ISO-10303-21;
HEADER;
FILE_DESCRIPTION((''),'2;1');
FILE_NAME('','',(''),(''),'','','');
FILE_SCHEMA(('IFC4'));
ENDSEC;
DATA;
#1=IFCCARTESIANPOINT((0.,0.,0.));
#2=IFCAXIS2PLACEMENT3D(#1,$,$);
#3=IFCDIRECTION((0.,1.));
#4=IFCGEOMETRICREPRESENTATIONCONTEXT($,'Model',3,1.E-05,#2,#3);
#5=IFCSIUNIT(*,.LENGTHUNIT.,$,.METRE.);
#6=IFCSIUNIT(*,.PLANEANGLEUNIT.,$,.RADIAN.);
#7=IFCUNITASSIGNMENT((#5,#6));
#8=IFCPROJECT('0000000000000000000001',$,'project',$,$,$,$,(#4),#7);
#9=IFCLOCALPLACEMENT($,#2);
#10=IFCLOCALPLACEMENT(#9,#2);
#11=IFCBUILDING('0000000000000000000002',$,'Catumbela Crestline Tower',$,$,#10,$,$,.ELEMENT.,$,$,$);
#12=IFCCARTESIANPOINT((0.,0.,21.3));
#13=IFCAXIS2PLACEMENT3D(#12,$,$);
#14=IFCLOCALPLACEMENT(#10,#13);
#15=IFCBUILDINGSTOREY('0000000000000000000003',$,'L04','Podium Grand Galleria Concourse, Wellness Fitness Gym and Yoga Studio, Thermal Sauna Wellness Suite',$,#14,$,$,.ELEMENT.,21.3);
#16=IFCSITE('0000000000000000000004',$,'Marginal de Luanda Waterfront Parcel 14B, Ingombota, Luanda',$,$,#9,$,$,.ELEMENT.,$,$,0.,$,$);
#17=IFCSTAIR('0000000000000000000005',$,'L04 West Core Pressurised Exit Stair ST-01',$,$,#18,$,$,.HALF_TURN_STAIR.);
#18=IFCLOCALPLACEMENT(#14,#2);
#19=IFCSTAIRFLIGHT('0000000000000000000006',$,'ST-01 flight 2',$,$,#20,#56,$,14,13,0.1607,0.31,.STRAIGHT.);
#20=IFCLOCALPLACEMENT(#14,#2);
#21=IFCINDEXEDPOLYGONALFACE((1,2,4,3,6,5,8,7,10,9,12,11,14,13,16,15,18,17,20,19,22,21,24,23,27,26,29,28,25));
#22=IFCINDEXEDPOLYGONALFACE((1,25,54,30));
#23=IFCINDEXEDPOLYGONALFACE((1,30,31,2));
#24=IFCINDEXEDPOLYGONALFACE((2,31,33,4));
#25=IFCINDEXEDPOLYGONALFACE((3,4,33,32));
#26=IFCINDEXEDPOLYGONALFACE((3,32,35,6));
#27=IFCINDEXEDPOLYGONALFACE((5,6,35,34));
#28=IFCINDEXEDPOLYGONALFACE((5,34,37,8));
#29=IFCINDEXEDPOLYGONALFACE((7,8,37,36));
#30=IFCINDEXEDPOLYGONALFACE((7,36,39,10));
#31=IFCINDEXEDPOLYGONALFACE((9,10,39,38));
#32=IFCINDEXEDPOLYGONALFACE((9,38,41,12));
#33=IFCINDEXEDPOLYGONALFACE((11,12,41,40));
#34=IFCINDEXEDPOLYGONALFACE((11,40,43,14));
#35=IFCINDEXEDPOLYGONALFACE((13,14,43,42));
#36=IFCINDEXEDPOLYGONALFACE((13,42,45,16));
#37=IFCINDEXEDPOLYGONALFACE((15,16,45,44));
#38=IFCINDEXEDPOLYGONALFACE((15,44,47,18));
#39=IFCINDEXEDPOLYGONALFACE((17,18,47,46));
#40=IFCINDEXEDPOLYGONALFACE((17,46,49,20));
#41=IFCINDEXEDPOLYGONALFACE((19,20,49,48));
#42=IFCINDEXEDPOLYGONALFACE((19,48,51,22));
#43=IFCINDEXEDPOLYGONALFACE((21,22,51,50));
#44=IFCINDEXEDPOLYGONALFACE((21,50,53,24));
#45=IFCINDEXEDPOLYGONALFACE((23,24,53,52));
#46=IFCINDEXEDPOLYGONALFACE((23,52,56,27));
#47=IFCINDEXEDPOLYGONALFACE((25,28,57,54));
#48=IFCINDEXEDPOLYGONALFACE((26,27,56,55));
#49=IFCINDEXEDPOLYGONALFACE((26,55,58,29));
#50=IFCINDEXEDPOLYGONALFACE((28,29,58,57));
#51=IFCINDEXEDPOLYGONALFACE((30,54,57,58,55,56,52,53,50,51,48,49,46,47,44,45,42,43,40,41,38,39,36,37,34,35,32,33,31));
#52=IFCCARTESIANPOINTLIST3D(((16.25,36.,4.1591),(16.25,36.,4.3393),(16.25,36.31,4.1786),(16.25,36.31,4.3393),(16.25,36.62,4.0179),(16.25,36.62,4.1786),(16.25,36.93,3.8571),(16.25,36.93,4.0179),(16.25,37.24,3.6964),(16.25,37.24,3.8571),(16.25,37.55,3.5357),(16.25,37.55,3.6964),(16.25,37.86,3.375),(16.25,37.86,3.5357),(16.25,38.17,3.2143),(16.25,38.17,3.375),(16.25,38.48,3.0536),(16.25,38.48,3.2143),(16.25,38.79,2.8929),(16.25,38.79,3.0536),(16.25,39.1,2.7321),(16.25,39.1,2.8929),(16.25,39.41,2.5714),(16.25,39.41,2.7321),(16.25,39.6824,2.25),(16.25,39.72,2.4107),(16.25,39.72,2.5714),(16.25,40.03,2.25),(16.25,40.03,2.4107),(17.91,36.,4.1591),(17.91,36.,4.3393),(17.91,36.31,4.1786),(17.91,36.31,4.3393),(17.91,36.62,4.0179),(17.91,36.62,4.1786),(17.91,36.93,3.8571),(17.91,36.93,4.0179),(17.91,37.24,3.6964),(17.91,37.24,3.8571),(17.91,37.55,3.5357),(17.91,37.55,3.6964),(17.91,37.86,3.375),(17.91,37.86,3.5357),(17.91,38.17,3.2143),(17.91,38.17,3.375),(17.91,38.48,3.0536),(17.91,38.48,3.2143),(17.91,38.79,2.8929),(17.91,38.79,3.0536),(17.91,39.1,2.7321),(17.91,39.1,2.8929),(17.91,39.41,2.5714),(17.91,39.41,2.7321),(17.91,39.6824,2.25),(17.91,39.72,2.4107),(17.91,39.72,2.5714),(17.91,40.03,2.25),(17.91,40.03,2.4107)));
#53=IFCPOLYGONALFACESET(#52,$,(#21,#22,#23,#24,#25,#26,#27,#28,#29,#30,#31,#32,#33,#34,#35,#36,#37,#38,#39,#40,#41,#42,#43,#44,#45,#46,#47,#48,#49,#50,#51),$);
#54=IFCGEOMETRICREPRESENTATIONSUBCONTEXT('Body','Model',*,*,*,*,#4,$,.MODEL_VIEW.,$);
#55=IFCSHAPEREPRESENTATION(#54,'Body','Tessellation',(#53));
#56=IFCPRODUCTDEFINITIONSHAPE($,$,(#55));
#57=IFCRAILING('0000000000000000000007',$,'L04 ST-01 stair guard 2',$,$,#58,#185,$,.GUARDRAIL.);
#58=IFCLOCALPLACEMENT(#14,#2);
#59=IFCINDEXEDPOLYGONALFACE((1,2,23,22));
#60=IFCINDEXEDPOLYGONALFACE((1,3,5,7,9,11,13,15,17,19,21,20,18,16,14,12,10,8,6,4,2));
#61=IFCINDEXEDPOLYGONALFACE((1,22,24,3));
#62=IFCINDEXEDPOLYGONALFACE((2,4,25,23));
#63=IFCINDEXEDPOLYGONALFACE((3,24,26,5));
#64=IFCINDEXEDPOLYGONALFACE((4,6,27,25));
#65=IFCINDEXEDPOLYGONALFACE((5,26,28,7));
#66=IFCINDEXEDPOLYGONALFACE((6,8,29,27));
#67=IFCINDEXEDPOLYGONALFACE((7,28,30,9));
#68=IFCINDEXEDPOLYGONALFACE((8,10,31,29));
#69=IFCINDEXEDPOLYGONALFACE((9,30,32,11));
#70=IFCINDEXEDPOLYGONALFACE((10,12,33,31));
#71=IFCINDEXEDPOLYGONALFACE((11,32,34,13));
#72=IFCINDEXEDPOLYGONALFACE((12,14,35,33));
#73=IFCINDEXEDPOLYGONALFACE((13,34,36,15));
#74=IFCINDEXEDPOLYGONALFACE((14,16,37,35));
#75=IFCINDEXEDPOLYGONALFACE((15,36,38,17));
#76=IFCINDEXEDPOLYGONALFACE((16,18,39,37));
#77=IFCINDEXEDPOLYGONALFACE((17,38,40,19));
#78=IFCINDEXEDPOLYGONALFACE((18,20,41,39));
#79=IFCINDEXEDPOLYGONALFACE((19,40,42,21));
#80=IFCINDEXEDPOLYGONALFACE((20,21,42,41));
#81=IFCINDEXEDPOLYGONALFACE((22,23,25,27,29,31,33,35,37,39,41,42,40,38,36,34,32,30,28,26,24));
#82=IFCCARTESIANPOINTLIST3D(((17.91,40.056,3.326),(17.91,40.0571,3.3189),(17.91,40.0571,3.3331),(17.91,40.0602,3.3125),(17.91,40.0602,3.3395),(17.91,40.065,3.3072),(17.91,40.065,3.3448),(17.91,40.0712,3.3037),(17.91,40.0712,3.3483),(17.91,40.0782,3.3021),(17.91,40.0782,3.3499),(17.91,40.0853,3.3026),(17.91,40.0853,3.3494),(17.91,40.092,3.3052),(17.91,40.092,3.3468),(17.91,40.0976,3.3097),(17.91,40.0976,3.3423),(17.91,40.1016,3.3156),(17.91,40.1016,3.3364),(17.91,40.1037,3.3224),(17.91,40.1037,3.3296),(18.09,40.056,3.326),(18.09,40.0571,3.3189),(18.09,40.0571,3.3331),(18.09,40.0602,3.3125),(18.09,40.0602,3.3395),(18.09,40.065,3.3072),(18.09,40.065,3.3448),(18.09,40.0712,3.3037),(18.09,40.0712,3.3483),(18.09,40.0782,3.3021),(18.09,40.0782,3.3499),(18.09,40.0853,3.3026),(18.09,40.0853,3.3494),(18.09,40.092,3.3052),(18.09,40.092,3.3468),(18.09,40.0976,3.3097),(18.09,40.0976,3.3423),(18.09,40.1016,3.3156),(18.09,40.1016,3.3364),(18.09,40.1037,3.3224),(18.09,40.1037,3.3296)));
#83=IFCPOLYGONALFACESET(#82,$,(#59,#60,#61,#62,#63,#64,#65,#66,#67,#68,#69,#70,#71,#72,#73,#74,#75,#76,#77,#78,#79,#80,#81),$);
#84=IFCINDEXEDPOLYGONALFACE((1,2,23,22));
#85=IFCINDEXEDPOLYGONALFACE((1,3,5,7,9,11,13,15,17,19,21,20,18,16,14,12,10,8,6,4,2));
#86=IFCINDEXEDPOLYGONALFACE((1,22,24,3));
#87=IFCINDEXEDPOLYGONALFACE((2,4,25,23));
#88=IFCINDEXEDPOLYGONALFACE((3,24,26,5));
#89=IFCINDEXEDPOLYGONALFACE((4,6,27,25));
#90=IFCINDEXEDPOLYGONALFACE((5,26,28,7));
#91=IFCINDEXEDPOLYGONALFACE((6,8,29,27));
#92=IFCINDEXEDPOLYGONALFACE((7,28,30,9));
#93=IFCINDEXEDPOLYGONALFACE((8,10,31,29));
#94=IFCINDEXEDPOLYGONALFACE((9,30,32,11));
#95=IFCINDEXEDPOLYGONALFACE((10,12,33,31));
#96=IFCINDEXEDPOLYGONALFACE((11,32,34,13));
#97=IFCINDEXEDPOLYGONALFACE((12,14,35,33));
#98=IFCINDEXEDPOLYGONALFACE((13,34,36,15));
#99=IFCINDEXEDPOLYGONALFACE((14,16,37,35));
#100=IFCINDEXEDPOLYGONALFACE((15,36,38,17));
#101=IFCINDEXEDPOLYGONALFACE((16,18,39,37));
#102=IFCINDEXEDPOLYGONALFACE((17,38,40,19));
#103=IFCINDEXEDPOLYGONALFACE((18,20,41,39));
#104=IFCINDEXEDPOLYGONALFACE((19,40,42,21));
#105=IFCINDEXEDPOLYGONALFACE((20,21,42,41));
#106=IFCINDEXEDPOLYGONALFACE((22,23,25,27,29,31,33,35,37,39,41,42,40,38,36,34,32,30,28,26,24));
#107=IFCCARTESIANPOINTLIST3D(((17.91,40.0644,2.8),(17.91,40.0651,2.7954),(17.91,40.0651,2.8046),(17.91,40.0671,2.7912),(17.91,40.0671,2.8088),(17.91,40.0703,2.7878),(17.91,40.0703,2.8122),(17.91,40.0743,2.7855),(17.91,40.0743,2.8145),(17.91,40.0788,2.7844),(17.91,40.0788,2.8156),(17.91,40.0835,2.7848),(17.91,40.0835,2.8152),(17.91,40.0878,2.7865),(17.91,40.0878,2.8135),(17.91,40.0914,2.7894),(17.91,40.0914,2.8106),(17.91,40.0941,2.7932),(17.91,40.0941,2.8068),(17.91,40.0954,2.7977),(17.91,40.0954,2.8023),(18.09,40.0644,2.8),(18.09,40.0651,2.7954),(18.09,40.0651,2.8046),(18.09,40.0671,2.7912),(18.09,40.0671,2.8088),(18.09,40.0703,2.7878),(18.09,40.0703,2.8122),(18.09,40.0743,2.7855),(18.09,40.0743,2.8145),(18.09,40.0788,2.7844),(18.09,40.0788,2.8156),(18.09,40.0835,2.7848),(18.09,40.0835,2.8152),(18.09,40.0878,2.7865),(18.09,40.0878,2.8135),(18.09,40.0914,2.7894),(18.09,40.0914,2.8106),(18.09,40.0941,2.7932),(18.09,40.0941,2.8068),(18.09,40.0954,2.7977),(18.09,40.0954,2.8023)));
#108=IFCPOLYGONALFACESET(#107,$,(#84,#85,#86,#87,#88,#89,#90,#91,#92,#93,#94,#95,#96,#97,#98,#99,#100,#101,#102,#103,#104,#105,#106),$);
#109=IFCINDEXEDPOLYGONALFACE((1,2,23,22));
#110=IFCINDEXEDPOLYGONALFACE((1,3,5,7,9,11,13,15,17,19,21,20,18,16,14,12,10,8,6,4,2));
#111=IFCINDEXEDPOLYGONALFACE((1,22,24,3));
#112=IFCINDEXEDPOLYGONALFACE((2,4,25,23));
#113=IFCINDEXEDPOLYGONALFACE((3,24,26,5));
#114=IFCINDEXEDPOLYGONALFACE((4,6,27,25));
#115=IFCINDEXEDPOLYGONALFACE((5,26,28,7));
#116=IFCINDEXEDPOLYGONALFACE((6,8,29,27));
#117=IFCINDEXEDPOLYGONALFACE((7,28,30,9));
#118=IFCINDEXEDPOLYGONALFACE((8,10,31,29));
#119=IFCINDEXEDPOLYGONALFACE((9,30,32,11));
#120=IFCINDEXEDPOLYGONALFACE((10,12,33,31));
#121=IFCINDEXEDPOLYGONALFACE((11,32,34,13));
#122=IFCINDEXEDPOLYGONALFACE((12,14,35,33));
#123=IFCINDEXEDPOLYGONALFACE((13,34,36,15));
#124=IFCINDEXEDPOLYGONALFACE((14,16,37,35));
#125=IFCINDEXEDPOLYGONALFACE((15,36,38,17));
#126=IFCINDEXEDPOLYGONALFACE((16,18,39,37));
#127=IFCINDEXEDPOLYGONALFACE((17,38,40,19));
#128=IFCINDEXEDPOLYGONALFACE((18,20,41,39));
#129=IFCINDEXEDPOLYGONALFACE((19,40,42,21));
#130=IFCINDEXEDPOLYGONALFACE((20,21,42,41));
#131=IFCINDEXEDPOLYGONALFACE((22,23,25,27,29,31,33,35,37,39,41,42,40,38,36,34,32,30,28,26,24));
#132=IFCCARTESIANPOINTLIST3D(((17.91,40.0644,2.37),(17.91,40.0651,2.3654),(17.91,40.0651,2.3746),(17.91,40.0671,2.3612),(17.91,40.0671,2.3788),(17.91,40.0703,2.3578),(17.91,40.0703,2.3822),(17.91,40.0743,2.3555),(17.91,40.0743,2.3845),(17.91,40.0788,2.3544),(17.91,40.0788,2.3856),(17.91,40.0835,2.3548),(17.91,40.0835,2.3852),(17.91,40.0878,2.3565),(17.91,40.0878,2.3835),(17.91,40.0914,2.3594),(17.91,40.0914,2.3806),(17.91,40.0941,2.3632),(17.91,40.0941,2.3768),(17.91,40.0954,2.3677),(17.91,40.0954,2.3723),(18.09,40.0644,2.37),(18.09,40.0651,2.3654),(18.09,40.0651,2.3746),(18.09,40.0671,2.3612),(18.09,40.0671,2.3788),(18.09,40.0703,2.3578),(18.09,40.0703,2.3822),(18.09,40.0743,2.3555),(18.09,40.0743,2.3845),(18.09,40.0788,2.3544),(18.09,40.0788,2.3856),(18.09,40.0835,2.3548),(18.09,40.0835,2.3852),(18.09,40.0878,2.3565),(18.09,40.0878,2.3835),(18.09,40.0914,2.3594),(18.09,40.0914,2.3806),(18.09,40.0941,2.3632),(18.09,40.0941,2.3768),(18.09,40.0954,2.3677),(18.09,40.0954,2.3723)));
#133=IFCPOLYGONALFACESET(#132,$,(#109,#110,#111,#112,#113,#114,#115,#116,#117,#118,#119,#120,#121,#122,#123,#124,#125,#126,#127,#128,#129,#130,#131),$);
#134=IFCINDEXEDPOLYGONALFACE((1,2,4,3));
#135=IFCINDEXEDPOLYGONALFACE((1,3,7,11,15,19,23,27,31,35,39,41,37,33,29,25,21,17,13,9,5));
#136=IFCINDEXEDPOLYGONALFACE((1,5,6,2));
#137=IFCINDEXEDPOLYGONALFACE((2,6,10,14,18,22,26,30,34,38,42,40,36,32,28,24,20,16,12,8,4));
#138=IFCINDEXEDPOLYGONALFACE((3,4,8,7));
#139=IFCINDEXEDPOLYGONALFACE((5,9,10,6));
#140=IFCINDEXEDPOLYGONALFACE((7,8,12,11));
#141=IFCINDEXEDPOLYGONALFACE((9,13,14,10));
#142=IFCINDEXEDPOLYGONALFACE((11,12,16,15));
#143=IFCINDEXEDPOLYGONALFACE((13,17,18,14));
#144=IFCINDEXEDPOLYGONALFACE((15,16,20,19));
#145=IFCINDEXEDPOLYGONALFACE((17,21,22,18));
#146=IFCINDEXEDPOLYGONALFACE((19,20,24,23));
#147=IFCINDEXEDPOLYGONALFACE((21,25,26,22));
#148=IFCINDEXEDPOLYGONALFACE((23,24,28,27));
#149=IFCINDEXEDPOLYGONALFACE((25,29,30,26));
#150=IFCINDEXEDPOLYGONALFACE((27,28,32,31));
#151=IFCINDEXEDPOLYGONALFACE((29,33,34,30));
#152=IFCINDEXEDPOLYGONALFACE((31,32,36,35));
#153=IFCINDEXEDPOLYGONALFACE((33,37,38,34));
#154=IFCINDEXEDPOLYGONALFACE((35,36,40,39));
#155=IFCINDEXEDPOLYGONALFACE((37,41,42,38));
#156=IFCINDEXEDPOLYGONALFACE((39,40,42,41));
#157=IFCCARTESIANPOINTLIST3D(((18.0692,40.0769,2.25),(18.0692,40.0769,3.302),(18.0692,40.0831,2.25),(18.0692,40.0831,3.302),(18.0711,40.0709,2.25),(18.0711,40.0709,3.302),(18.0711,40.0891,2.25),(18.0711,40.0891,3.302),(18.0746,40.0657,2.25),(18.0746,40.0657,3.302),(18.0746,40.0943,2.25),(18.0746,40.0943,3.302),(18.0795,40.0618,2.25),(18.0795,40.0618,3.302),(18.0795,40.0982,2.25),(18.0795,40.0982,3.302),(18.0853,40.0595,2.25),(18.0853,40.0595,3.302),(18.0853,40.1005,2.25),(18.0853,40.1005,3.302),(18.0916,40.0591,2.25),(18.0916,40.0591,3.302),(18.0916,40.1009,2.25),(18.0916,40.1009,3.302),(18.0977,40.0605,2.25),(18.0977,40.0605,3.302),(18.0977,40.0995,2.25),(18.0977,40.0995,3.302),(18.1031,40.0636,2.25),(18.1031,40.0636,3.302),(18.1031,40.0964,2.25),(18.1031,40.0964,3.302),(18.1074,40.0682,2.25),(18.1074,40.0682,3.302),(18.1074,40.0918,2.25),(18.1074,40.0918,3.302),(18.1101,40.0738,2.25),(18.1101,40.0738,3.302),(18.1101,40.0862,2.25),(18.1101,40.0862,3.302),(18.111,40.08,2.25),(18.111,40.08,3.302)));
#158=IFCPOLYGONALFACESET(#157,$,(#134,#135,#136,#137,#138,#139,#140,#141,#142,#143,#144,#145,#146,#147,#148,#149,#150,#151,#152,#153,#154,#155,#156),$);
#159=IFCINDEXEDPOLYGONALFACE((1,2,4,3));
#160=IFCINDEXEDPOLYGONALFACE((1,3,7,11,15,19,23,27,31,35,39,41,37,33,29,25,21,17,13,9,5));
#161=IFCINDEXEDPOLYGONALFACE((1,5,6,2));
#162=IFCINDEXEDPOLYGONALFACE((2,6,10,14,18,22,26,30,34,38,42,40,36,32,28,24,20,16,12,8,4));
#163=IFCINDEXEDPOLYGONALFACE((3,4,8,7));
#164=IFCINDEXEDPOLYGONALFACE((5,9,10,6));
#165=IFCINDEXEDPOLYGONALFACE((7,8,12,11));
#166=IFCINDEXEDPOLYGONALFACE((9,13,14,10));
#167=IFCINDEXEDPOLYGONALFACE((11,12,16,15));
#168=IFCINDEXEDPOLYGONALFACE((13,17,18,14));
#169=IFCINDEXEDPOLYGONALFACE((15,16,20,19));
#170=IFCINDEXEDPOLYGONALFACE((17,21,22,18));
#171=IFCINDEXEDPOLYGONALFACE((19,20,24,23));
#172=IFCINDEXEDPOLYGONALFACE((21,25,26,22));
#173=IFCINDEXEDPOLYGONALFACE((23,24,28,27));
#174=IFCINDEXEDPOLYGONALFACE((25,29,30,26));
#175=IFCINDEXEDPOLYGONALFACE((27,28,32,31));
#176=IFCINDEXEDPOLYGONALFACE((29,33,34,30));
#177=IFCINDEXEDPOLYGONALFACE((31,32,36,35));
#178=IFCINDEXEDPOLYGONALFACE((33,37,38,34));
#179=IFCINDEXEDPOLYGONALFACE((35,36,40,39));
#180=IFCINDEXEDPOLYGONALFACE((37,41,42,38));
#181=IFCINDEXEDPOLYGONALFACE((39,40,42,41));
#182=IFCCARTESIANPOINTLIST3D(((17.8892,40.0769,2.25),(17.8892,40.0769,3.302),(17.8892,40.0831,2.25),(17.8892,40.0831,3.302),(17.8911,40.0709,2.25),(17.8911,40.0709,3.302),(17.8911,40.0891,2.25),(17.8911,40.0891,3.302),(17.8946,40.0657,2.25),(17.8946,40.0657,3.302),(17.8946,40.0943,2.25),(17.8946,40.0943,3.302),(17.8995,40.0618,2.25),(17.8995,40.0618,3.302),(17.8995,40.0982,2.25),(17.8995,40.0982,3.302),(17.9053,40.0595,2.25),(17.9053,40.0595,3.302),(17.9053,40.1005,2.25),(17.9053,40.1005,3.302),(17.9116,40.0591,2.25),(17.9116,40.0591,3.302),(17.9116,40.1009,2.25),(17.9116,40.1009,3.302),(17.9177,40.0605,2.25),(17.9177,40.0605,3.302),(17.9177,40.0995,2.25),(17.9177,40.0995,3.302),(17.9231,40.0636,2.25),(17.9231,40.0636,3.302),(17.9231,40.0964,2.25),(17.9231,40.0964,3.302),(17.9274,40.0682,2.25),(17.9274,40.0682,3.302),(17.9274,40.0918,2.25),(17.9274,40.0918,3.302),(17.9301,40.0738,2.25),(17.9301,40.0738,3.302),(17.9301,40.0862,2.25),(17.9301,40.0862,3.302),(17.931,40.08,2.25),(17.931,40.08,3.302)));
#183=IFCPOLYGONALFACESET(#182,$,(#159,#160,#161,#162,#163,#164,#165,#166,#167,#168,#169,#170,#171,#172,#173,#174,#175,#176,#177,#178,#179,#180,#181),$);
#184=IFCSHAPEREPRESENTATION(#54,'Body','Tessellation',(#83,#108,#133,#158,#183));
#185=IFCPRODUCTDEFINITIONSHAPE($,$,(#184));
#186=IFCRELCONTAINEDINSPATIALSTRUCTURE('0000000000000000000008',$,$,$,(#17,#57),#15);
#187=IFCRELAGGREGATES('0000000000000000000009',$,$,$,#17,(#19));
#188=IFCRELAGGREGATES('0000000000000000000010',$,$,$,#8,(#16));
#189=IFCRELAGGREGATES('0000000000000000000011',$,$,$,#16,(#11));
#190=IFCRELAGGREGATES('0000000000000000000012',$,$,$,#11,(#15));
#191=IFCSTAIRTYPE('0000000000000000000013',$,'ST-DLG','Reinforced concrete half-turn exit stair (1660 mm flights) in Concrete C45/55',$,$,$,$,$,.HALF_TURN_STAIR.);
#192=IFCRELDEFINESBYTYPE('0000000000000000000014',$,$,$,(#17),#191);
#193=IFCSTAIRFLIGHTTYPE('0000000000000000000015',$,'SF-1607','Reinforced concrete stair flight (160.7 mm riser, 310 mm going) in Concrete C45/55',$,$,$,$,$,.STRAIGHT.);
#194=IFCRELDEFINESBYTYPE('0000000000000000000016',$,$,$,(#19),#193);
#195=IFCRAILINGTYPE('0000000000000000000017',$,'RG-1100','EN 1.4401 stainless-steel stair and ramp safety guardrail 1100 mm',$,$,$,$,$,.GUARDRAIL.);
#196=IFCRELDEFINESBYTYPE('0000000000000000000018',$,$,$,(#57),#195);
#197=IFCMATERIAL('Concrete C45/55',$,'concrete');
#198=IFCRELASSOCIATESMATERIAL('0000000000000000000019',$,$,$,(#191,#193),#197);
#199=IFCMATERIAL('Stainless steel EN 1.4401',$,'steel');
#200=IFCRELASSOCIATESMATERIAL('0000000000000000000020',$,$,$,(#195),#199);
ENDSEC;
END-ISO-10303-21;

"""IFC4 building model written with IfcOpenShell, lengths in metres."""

from ifc_helpers import new_model, si_unit, direction, frame, origin, origin_2d, place, context, subcontext, project, spatial, polyline, circle, outline, extrude, material, type_object, element, aggregate, save


model = new_model("IFC4")

# Units and contexts
model_context = context("Model", 3, precision=1e-05, world=origin(), true_north=direction((0.0, 1.0)))
body_context = subcontext(model_context, "Body", "Model", "MODEL_VIEW")
ifc_project = project(units=[si_unit("LENGTHUNIT", "METRE"), si_unit("PLANEANGLEUNIT", "RADIAN")], contexts=[model_context])

# Site, building, storey
site_placement = place(None, origin())
site = spatial("IfcSite", under=ifc_project, at=site_placement, Name="Marginal de Luanda Waterfront Parcel 14B, Ingombota, Luanda", CompositionType="ELEMENT", RefElevation=0.0)
building_placement = place(site_placement, origin())
building = spatial("IfcBuilding", under=site, at=building_placement, Name="Catumbela Crestline Tower", CompositionType="ELEMENT")
storey_placement = place(building_placement, frame((0.0, 0.0, 21.3)))
storey = spatial("IfcBuildingStorey", under=building, at=storey_placement, Name="L04", Description="Podium Grand Galleria Concourse, Wellness Fitness Gym and Yoga Studio, Thermal Sauna Wellness Suite", CompositionType="ELEMENT", Elevation=21.3)

# Shared definitions
ifc_material_1 = material(Name="Stainless steel EN 1.4401", Category="steel")

# Stair, stair flight
ifc_material_2 = material(Name="Concrete C45/55", Category="concrete")
stair_type = type_object("IfcStairType", Name="ST-DLG", Description="Reinforced concrete half-turn exit stair (1660 mm flights) in Concrete C45/55", PredefinedType="HALF_TURN_STAIR", material=ifc_material_2)
stair_placement = place(storey_placement, origin())
stair = element("IfcStair", 1, at=stair_placement, inside=storey, type_object=stair_type, Name="L04 West Core Pressurised Exit Stair ST-01", PredefinedType="HALF_TURN_STAIR")
stair_flight_type = type_object("IfcStairFlightType", Name="SF-1607", Description="Reinforced concrete stair flight (160.7 mm riser, 310 mm going) in Concrete C45/55", PredefinedType="STRAIGHT", material=ifc_material_2)
stair_flight_placement = place(storey_placement, frame((17.08, 40.03, 2.25), z_axis=(0.0, 0.0, 1.0), x_axis=(0.0, -1.0, 0.0)))
stair_flight = element("IfcStairFlight", 2, at=stair_flight_placement, type_object=stair_flight_type, Name="ST-01 flight 2", NumberOfRisers=14, NumberOfTreads=13, PredefinedType="STRAIGHT", RiserHeight=0.1607, TreadLength=0.31, context=body_context, shape_type="SweptSolid", body=[
    extrude(outline(polyline([(0.0, 0.0), (0.0, 0.1607), (0.31, 0.1607), (0.31, 0.3214), (0.62, 0.3214), (0.62, 0.4821), (0.93, 0.4821), (0.93, 0.6429), (1.24, 0.6429), (1.24, 0.8036), (1.55, 0.8036), (1.55, 0.9643), (1.86, 0.9643), (1.86, 1.125), (2.17, 1.125), (2.17, 1.2857), (2.48, 1.2857), (2.48, 1.4464), (2.79, 1.4464), (2.79, 1.6071), (3.1, 1.6071), (3.1, 1.7679), (3.41, 1.7679), (3.41, 1.9286), (3.72, 1.9286), (3.72, 2.0893), (4.03, 2.0893), (4.03, 2.25), (4.03, 1.9091), (0.3476, 0.0), (0.0, 0.0)])), frame((0.0, 0.83, 0.0), z_axis=(0.0, -1.0, 0.0), x_axis=(1.0, 0.0, 0.0)), (0.0, 0.0, 1.0), 1.66),
])
aggregate(stair, [stair_flight])

# Railing
railing_type_1 = type_object("IfcRailingType", Name="RG-1100", Description="EN 1.4401 stainless-steel stair and ramp safety guardrail 1100 mm", PredefinedType="GUARDRAIL", material=ifc_material_1)
railing_1_placement = place(storey_placement, frame((18.09, 40.08, 2.25)))
element("IfcRailing", 3, at=railing_1_placement, inside=storey, type_object=railing_type_1, Name="L04 ST-01 stair guard 2", PredefinedType="GUARDRAIL", context=body_context, shape_type="SweptSolid", body=[
    extrude(circle(Radius=0.024, at=origin_2d()), frame((0.0, 0.0, 1.076), z_axis=(-1.0, 0.0, 0.0), x_axis=(0.0, -1.0, 0.0)), (0.0, 0.0, 1.0), 0.18),
    extrude(circle(Radius=0.0156, at=origin_2d()), frame((0.0, 0.0, 0.55), z_axis=(-1.0, 0.0, 0.0), x_axis=(0.0, -1.0, 0.0)), (0.0, 0.0, 1.0), 0.18),
    extrude(circle(Radius=0.0156, at=origin_2d()), frame((0.0, 0.0, 0.12), z_axis=(-1.0, 0.0, 0.0), x_axis=(0.0, -1.0, 0.0)), (0.0, 0.0, 1.0), 0.18),
    extrude(circle(Radius=0.021, at=origin_2d()), origin(), (0.0, 0.0, 1.0), 1.052),
    extrude(circle(Radius=0.021, at=origin_2d()), frame((-0.18, 0.0, 0.0)), (0.0, 0.0, 1.0), 1.052),
])

save(model, "model.ifc")
